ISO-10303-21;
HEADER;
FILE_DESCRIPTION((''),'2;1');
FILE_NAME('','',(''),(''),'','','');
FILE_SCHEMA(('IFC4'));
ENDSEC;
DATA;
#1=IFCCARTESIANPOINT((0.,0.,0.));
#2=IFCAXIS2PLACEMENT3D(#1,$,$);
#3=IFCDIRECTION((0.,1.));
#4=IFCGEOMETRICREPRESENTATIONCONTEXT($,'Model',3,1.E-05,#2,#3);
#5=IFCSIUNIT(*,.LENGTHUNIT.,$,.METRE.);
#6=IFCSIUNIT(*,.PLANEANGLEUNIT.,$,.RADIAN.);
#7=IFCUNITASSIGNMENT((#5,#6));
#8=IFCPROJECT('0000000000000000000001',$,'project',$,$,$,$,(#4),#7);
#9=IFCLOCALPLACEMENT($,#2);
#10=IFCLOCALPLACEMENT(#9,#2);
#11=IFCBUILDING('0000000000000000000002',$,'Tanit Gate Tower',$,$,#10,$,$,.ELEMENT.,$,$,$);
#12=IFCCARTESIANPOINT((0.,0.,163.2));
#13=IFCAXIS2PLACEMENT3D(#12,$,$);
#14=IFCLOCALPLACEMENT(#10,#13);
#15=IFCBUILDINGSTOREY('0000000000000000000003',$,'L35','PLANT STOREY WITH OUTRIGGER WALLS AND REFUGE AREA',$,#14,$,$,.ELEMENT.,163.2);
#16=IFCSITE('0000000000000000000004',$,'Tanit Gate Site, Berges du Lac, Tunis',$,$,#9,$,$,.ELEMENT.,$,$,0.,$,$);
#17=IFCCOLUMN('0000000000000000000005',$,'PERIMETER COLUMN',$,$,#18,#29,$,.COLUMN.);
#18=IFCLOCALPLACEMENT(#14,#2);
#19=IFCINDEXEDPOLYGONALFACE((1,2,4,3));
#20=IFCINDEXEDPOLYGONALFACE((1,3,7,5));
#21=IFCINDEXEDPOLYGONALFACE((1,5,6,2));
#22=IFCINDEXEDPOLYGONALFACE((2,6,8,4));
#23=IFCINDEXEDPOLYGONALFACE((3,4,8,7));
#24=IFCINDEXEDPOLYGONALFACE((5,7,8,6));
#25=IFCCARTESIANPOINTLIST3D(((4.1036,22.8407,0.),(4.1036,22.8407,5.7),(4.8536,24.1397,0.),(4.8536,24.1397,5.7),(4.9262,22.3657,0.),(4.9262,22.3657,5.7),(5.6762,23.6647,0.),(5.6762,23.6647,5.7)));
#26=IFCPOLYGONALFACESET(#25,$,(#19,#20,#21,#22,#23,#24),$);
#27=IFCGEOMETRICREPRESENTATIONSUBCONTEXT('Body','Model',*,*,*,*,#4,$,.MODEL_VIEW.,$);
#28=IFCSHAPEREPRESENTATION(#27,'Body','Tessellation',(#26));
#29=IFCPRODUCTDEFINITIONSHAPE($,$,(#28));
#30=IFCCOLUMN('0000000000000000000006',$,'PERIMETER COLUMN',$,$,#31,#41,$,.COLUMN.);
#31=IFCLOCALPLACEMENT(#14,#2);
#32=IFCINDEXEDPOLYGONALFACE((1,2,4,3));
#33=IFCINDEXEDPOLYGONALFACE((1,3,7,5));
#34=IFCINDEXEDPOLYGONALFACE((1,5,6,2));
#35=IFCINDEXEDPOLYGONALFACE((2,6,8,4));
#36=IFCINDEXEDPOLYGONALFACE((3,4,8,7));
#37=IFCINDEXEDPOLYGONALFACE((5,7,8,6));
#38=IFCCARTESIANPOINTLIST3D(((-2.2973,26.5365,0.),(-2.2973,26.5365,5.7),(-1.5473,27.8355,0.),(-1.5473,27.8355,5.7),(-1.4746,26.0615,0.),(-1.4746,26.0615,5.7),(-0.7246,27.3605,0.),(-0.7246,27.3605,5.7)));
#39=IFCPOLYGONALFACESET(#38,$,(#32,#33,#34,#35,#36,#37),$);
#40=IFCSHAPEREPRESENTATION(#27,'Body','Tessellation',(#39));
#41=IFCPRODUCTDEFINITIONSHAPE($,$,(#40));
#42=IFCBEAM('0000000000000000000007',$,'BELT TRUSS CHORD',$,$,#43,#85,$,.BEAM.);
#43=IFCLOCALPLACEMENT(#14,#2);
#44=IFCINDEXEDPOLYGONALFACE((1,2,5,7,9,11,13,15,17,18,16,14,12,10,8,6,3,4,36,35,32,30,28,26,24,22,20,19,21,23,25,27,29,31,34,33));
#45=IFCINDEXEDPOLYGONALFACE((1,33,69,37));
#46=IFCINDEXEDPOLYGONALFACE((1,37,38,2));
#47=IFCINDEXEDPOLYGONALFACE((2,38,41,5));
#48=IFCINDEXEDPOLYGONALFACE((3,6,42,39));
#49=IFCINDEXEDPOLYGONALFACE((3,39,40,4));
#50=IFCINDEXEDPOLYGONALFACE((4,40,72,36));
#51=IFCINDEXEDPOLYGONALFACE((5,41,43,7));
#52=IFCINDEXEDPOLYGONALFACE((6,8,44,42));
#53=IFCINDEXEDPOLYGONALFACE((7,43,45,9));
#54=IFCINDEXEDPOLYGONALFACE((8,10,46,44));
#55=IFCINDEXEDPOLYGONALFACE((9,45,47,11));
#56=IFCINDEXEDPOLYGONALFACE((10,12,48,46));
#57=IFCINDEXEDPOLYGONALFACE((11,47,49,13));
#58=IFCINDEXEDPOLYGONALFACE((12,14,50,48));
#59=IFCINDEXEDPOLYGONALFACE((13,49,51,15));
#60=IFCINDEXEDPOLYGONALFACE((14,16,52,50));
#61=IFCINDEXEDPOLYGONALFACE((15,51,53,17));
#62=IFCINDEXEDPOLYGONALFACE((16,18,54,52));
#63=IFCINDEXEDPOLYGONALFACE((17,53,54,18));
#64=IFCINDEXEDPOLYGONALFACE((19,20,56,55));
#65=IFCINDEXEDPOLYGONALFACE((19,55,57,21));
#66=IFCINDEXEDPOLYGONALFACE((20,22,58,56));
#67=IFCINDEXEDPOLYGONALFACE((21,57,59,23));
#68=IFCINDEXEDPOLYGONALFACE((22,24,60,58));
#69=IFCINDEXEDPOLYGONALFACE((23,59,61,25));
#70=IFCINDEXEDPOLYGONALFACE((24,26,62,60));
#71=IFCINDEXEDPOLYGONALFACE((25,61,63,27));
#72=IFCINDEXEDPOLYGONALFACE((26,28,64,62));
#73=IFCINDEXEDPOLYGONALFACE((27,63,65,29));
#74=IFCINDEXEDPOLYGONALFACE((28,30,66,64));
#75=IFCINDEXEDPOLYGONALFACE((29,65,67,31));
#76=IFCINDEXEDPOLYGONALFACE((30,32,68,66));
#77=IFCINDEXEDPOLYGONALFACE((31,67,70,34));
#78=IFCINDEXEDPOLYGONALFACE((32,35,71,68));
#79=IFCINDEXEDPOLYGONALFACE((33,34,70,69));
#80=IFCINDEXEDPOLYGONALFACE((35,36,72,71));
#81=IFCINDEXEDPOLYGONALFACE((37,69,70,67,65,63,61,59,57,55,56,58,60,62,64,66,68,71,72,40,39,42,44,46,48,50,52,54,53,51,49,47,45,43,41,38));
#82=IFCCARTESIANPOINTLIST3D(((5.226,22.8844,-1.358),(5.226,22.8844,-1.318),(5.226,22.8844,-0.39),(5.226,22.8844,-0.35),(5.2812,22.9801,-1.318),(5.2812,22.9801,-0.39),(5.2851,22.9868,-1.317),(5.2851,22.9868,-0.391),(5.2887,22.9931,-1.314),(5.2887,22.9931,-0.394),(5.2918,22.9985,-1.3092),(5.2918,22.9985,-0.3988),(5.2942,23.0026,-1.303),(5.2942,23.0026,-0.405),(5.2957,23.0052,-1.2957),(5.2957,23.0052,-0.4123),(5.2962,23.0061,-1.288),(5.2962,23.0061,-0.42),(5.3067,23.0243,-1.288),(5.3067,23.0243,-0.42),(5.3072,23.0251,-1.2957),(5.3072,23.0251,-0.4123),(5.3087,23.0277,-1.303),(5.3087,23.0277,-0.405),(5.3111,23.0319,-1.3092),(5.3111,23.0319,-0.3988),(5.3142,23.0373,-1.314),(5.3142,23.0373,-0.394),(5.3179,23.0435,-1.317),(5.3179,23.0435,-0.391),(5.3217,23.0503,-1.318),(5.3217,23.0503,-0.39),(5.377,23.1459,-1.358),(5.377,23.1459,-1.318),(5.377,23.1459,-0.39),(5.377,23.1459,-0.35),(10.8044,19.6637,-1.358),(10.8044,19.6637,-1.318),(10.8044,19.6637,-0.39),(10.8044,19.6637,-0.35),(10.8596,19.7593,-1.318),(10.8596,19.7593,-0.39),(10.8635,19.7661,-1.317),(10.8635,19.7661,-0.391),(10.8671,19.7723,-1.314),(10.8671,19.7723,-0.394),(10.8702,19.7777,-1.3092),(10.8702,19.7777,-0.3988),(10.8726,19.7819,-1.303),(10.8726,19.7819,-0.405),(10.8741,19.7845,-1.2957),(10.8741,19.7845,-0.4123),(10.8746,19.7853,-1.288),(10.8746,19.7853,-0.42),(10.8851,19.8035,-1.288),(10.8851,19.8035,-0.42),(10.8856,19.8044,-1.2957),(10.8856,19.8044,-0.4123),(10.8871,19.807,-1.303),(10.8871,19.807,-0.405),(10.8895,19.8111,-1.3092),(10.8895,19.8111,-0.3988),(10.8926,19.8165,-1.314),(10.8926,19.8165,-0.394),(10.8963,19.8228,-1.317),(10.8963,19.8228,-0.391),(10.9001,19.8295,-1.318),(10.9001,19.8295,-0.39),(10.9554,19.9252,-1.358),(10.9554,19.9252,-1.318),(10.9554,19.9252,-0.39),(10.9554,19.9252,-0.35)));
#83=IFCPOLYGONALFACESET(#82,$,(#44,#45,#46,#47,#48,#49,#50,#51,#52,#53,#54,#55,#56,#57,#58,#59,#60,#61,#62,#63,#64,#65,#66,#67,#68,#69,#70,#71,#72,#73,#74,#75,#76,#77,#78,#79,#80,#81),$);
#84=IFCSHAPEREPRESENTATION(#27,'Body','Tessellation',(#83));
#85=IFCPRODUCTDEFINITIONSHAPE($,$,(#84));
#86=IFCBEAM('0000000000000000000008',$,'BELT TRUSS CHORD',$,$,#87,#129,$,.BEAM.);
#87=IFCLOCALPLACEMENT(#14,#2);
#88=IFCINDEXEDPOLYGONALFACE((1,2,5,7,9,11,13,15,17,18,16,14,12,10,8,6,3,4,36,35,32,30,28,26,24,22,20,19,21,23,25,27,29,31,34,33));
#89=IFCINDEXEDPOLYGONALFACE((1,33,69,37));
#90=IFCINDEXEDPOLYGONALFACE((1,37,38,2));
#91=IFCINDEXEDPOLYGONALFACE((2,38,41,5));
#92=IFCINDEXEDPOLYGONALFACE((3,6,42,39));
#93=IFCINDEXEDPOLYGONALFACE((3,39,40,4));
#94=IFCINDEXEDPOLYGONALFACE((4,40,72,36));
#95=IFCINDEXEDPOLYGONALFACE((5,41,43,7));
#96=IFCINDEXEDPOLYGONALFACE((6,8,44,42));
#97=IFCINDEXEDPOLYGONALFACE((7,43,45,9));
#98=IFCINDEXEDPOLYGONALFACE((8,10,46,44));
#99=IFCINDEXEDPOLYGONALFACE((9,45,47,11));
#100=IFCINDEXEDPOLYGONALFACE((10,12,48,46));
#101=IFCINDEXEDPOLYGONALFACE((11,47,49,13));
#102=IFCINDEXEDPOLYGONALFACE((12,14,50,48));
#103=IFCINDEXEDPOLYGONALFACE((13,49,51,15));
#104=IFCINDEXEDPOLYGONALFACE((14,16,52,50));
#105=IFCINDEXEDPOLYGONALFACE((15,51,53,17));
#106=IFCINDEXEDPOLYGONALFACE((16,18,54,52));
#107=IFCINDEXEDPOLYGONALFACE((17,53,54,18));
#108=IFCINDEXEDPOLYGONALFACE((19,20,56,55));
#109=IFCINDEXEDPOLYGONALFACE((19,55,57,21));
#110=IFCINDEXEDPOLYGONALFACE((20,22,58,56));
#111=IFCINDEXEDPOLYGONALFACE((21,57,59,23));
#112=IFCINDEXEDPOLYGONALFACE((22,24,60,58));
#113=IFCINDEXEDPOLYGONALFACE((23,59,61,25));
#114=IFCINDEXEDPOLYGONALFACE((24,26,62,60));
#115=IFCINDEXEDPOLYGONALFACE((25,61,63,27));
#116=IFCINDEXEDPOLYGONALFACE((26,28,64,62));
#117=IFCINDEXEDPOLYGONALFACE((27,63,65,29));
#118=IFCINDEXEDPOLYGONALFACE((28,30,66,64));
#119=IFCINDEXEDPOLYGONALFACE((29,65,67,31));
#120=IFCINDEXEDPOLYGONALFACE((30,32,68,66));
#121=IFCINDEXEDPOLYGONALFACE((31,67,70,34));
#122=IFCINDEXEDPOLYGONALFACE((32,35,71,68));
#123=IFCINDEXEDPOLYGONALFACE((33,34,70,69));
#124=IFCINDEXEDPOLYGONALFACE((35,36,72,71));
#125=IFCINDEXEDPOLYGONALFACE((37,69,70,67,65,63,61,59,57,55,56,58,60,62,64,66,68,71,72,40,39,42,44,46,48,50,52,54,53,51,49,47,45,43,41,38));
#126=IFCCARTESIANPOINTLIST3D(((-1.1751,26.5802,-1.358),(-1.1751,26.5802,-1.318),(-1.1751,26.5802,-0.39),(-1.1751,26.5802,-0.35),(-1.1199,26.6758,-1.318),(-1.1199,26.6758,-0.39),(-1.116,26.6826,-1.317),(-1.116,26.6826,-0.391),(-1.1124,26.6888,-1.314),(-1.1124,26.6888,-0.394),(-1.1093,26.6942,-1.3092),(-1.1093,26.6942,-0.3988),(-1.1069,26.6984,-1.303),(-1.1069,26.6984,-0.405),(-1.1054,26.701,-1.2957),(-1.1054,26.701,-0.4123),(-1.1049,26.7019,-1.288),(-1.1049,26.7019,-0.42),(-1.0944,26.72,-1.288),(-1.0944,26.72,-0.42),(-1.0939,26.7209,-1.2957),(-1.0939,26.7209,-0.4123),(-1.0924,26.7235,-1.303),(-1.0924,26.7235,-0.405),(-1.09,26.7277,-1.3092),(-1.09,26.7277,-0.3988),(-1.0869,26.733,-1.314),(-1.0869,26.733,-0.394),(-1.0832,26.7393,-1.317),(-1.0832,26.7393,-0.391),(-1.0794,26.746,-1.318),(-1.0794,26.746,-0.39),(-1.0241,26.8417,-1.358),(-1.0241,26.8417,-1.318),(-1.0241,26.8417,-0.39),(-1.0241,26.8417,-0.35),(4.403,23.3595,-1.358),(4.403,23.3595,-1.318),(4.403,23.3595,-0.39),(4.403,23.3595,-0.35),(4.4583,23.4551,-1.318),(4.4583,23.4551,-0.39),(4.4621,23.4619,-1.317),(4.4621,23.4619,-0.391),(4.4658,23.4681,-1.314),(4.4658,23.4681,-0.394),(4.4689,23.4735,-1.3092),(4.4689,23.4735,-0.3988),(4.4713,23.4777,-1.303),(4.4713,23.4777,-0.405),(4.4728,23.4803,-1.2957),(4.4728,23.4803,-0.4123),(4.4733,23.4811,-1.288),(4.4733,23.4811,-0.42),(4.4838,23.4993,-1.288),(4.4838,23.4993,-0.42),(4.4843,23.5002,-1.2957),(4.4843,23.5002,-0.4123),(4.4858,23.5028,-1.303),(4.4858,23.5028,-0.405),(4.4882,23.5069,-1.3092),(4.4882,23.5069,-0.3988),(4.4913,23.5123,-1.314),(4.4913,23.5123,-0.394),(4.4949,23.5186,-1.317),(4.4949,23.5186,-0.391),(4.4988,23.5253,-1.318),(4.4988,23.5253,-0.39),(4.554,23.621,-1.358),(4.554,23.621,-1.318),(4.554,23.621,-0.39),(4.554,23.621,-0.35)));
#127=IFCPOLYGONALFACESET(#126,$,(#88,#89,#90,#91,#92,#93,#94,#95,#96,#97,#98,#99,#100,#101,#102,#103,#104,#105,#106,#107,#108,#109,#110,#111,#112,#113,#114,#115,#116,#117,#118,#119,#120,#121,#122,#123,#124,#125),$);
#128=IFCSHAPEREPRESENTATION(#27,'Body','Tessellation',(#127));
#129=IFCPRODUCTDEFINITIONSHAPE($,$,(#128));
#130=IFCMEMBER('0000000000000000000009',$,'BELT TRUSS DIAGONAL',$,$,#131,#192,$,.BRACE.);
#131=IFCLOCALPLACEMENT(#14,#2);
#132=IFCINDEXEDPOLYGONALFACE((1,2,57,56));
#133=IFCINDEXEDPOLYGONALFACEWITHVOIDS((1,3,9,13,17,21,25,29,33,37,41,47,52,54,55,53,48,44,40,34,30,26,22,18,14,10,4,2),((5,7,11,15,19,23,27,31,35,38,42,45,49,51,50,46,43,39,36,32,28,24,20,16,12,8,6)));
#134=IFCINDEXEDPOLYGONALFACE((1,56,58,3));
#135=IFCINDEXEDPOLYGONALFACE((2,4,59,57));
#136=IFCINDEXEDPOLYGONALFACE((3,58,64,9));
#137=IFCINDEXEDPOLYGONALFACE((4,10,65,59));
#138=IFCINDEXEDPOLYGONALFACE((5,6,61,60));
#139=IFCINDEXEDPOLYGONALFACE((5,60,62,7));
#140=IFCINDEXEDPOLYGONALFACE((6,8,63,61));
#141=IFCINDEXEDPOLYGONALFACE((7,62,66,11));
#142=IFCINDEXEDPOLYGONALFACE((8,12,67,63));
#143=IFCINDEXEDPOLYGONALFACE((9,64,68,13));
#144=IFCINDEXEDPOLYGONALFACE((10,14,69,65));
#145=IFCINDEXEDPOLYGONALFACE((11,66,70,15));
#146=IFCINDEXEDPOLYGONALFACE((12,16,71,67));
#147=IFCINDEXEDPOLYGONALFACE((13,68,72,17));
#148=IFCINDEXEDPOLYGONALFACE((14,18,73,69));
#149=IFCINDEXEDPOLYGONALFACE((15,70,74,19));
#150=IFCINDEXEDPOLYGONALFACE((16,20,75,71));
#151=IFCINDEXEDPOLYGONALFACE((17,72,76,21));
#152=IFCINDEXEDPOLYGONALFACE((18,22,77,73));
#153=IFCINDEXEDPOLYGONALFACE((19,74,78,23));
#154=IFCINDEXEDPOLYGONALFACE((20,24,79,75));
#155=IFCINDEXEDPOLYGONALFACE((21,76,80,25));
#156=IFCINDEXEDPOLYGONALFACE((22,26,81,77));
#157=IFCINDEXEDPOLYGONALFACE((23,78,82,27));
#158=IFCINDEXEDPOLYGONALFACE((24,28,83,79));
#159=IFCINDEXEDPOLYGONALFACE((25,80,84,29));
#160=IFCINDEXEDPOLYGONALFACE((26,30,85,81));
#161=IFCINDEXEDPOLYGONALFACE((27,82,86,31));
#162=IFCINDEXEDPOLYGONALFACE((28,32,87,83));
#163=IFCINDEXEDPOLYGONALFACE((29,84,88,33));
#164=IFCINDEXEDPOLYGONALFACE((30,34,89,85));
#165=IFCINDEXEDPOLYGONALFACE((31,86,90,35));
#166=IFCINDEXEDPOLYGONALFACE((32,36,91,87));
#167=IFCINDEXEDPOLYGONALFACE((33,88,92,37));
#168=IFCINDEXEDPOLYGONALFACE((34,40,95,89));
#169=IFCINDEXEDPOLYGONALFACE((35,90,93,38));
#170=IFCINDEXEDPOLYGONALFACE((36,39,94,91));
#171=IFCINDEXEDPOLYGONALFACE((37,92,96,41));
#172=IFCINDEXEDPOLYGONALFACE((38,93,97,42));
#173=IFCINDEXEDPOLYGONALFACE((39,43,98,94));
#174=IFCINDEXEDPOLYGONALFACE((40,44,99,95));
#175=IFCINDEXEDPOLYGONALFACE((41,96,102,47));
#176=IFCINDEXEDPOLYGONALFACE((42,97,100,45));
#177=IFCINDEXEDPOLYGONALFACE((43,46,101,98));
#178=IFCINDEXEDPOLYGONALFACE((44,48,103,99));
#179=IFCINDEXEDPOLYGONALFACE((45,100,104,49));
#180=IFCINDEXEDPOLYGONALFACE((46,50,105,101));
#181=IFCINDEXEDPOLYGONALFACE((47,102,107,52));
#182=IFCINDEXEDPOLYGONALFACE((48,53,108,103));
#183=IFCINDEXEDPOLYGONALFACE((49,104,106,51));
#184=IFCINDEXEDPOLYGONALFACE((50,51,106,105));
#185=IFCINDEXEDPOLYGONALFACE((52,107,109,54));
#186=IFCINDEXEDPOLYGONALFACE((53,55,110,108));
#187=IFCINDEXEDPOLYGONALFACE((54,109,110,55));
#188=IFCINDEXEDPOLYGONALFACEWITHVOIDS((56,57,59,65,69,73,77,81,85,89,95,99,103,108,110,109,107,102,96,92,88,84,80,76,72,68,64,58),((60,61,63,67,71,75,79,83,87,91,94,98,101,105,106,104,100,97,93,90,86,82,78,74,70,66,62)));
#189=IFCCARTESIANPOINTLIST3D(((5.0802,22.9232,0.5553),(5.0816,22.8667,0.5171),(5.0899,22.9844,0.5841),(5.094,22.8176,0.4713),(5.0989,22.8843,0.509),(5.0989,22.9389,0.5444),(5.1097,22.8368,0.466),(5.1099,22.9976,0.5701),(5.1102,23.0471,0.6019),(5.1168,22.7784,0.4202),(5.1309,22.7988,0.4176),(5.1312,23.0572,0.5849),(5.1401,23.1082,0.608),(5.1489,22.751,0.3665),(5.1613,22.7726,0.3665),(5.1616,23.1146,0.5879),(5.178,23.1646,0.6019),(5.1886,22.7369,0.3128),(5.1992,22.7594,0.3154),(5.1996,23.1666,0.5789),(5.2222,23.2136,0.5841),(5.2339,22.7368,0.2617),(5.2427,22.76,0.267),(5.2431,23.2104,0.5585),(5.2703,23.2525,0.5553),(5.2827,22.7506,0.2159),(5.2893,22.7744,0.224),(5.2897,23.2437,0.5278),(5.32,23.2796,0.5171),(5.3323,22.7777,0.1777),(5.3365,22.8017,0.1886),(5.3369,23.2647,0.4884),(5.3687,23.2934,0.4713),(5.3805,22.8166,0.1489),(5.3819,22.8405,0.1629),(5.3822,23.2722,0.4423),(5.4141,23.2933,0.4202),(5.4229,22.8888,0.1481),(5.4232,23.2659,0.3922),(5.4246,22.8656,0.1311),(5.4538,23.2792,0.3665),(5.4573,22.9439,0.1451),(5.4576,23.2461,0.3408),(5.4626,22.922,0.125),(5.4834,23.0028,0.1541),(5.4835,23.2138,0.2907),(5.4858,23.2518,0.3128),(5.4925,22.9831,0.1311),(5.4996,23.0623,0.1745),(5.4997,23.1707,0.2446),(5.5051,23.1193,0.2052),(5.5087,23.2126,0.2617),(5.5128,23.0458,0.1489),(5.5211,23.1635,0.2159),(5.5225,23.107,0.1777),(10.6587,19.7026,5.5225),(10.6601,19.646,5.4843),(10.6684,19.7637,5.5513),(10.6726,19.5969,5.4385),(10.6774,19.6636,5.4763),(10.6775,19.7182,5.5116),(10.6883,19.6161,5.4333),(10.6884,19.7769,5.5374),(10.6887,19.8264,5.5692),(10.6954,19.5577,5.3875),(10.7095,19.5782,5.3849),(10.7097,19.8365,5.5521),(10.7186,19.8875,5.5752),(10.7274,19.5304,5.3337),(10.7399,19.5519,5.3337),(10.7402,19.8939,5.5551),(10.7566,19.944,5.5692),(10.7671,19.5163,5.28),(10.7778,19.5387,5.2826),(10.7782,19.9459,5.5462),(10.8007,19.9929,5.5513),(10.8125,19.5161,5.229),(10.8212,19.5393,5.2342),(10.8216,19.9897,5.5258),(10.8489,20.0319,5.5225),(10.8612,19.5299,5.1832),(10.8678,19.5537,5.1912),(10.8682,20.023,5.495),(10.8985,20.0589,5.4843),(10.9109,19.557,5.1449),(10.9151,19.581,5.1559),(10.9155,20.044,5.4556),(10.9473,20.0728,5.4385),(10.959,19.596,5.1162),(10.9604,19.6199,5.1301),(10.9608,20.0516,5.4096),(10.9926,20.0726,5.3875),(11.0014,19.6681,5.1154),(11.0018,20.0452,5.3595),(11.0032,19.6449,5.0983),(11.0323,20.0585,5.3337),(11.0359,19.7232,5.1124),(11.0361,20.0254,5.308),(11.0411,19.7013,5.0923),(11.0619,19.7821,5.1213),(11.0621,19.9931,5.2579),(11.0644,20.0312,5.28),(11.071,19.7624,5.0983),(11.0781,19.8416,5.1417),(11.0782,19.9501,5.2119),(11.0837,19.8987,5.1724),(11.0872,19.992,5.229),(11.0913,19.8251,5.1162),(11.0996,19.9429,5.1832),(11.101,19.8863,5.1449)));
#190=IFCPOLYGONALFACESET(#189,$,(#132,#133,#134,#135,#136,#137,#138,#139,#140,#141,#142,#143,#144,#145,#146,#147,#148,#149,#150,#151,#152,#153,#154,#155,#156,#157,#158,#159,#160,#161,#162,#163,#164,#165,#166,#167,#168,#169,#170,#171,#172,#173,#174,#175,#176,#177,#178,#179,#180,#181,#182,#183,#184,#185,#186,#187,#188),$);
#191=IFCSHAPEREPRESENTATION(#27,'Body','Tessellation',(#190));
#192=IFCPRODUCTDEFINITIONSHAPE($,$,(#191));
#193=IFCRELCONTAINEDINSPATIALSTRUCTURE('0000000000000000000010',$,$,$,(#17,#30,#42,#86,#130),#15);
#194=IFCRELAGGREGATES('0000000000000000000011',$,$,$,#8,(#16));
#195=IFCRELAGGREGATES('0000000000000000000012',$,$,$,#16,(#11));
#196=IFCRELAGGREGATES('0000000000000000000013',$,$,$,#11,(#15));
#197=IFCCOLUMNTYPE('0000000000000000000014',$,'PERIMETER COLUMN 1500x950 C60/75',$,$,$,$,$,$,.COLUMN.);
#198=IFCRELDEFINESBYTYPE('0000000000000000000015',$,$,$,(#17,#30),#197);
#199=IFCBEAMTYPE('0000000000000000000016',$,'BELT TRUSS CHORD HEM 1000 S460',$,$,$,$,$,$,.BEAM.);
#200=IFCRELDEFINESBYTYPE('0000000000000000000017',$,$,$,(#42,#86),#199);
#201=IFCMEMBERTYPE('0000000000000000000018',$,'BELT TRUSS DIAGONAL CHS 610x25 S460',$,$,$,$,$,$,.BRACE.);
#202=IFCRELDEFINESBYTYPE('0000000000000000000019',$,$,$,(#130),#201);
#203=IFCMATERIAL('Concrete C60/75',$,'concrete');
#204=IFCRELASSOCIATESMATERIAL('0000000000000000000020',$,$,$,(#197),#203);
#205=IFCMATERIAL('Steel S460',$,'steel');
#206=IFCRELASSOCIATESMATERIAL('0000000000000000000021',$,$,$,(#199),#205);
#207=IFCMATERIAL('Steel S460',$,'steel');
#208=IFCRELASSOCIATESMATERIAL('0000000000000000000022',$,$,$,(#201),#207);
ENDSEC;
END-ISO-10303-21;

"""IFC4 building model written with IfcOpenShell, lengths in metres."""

from ifc_helpers import new_model, si_unit, direction, frame, origin, origin_2d, place, context, subcontext, project, spatial, rectangle, hollow_circle, i_section, extrude, material, material_profile, profile_set, type_object, element, save


model = new_model("IFC4")

# Units and contexts
model_context = context("Model", 3, precision=1e-05, world=origin(), true_north=direction((0.0, 1.0)))
body_context = subcontext(model_context, "Body", "Model", "MODEL_VIEW")
ifc_project = project(units=[si_unit("LENGTHUNIT", "METRE"), si_unit("PLANEANGLEUNIT", "RADIAN")], contexts=[model_context])

# Site, building, storey
site_placement = place(None, origin())
site = spatial("IfcSite", under=ifc_project, at=site_placement, Name="Tanit Gate Site, Berges du Lac, Tunis", CompositionType="ELEMENT", RefElevation=0.0)
building_placement = place(site_placement, origin())
building = spatial("IfcBuilding", under=site, at=building_placement, Name="Tanit Gate Tower", CompositionType="ELEMENT")
storey_placement = place(building_placement, frame((0.0, 0.0, 163.2)))
storey = spatial("IfcBuildingStorey", under=building, at=storey_placement, Name="L35", Description="PLANT STOREY WITH OUTRIGGER WALLS AND REFUGE AREA", CompositionType="ELEMENT", Elevation=163.2)

# Columns
ifc_material_1 = material(Name="Concrete C60/75", Category="concrete")
ifc_material_profile_1 = material_profile(ifc_material_1, rectangle(XDim=1.5, YDim=0.95, at=origin_2d()), Name="RC 1500x950")
ifc_profile_set_1 = profile_set([ifc_material_profile_1], Name="Concrete C60/75")
column_type = type_object("IfcColumnType", Name="PERIMETER COLUMN 1500x950 C60/75", PredefinedType="COLUMN", material=ifc_profile_set_1)
for number, where, z_axis, x_axis, name in (
    (1, (4.8899, 23.2527, 0.0), (0.0, 0.0, 1.0), (0.5, 0.866025, 0.0), "PERIMETER COLUMN"),
    (2, (-1.511, 26.9485, 0.0), (0.0, 0.0, 1.0), (0.5, 0.866025, 0.0), "PERIMETER COLUMN"),
):
    element("IfcColumn", number, at=place(storey_placement, frame(where, z_axis=z_axis, x_axis=x_axis)), inside=storey, type_object=column_type, Name=name, PredefinedType="COLUMN", context=body_context, shape_type="SweptSolid", body=[
        extrude(rectangle(XDim=1.5, YDim=0.95, at=origin_2d()), origin(), (0.0, 0.0, 1.0), 5.7),
    ])

# Beams
ifc_material_2 = material(Name="Steel S460", Category="steel")
ifc_material_profile_2 = material_profile(ifc_material_2, i_section(OverallWidth=0.302, OverallDepth=1.0081, WebThickness=0.021, FlangeThickness=0.04, FilletRadius=0.03, at=origin_2d()), Name="HEM 1000")
ifc_profile_set_2 = profile_set([ifc_material_profile_2], Name="Steel S460")
beam_type_1 = type_object("IfcBeamType", Name="BELT TRUSS CHORD HEM 1000 S460", PredefinedType="BEAM", material=ifc_profile_set_2)
beam_1_placement = place(storey_placement, frame((10.8799, 19.7944, -0.854), z_axis=(-0.866023, 0.500004, 0.0), x_axis=(-0.500004, -0.866023, 0.0)))
element("IfcBeam", 3, at=beam_1_placement, inside=storey, type_object=beam_type_1, Name="BELT TRUSS CHORD", PredefinedType="BEAM", context=body_context, shape_type="SweptSolid", body=[
    extrude(i_section(OverallWidth=0.302, OverallDepth=1.0081, WebThickness=0.021, FlangeThickness=0.04, FilletRadius=0.03, at=origin_2d()), origin(), (0.0, 0.0, 1.0), 6.4414),
])
beam_2_placement = place(storey_placement, frame((4.4785, 23.4902, -0.854), z_axis=(-0.866014, 0.50002, 0.0), x_axis=(-0.50002, -0.866014, 0.0)))
element("IfcBeam", 4, at=beam_2_placement, inside=storey, type_object=beam_type_1, Name="BELT TRUSS CHORD", PredefinedType="BEAM", context=body_context, shape_type="SweptSolid", body=[
    extrude(i_section(OverallWidth=0.302, OverallDepth=1.0081, WebThickness=0.021, FlangeThickness=0.04, FilletRadius=0.03, at=origin_2d()), origin(), (0.0, 0.0, 1.0), 6.4412),
])

# Member
ifc_material_3 = material(Name="Steel S460", Category="steel")
ifc_material_profile_3 = material_profile(ifc_material_3, hollow_circle(Radius=0.3049, WallThickness=0.0249, at=origin_2d()), Name="CHS 610x25")
ifc_profile_set_3 = profile_set([ifc_material_profile_3], Name="Steel S460")
member_type = type_object("IfcMemberType", Name="BELT TRUSS DIAGONAL CHS 610x25 S460", PredefinedType="BRACE", material=ifc_profile_set_3)
for number, where, z_axis, x_axis, name in (
    (5, (10.8799, 19.7944, 5.3337), (-0.685809, 0.395938, -0.610655), (-0.499987, -0.866033, 0.0), "BELT TRUSS DIAGONAL"),
):
    element("IfcMember", number, at=place(storey_placement, frame(where, z_axis=z_axis, x_axis=x_axis)), inside=storey, type_object=member_type, Name=name, PredefinedType="BRACE", context=body_context, shape_type="SweptSolid", body=[
        extrude(hollow_circle(Radius=0.3049, WallThickness=0.0249, at=origin_2d()), origin(), (0.0, 0.0, 1.0), 8.1343),
    ])

save(model, "model.ifc")
